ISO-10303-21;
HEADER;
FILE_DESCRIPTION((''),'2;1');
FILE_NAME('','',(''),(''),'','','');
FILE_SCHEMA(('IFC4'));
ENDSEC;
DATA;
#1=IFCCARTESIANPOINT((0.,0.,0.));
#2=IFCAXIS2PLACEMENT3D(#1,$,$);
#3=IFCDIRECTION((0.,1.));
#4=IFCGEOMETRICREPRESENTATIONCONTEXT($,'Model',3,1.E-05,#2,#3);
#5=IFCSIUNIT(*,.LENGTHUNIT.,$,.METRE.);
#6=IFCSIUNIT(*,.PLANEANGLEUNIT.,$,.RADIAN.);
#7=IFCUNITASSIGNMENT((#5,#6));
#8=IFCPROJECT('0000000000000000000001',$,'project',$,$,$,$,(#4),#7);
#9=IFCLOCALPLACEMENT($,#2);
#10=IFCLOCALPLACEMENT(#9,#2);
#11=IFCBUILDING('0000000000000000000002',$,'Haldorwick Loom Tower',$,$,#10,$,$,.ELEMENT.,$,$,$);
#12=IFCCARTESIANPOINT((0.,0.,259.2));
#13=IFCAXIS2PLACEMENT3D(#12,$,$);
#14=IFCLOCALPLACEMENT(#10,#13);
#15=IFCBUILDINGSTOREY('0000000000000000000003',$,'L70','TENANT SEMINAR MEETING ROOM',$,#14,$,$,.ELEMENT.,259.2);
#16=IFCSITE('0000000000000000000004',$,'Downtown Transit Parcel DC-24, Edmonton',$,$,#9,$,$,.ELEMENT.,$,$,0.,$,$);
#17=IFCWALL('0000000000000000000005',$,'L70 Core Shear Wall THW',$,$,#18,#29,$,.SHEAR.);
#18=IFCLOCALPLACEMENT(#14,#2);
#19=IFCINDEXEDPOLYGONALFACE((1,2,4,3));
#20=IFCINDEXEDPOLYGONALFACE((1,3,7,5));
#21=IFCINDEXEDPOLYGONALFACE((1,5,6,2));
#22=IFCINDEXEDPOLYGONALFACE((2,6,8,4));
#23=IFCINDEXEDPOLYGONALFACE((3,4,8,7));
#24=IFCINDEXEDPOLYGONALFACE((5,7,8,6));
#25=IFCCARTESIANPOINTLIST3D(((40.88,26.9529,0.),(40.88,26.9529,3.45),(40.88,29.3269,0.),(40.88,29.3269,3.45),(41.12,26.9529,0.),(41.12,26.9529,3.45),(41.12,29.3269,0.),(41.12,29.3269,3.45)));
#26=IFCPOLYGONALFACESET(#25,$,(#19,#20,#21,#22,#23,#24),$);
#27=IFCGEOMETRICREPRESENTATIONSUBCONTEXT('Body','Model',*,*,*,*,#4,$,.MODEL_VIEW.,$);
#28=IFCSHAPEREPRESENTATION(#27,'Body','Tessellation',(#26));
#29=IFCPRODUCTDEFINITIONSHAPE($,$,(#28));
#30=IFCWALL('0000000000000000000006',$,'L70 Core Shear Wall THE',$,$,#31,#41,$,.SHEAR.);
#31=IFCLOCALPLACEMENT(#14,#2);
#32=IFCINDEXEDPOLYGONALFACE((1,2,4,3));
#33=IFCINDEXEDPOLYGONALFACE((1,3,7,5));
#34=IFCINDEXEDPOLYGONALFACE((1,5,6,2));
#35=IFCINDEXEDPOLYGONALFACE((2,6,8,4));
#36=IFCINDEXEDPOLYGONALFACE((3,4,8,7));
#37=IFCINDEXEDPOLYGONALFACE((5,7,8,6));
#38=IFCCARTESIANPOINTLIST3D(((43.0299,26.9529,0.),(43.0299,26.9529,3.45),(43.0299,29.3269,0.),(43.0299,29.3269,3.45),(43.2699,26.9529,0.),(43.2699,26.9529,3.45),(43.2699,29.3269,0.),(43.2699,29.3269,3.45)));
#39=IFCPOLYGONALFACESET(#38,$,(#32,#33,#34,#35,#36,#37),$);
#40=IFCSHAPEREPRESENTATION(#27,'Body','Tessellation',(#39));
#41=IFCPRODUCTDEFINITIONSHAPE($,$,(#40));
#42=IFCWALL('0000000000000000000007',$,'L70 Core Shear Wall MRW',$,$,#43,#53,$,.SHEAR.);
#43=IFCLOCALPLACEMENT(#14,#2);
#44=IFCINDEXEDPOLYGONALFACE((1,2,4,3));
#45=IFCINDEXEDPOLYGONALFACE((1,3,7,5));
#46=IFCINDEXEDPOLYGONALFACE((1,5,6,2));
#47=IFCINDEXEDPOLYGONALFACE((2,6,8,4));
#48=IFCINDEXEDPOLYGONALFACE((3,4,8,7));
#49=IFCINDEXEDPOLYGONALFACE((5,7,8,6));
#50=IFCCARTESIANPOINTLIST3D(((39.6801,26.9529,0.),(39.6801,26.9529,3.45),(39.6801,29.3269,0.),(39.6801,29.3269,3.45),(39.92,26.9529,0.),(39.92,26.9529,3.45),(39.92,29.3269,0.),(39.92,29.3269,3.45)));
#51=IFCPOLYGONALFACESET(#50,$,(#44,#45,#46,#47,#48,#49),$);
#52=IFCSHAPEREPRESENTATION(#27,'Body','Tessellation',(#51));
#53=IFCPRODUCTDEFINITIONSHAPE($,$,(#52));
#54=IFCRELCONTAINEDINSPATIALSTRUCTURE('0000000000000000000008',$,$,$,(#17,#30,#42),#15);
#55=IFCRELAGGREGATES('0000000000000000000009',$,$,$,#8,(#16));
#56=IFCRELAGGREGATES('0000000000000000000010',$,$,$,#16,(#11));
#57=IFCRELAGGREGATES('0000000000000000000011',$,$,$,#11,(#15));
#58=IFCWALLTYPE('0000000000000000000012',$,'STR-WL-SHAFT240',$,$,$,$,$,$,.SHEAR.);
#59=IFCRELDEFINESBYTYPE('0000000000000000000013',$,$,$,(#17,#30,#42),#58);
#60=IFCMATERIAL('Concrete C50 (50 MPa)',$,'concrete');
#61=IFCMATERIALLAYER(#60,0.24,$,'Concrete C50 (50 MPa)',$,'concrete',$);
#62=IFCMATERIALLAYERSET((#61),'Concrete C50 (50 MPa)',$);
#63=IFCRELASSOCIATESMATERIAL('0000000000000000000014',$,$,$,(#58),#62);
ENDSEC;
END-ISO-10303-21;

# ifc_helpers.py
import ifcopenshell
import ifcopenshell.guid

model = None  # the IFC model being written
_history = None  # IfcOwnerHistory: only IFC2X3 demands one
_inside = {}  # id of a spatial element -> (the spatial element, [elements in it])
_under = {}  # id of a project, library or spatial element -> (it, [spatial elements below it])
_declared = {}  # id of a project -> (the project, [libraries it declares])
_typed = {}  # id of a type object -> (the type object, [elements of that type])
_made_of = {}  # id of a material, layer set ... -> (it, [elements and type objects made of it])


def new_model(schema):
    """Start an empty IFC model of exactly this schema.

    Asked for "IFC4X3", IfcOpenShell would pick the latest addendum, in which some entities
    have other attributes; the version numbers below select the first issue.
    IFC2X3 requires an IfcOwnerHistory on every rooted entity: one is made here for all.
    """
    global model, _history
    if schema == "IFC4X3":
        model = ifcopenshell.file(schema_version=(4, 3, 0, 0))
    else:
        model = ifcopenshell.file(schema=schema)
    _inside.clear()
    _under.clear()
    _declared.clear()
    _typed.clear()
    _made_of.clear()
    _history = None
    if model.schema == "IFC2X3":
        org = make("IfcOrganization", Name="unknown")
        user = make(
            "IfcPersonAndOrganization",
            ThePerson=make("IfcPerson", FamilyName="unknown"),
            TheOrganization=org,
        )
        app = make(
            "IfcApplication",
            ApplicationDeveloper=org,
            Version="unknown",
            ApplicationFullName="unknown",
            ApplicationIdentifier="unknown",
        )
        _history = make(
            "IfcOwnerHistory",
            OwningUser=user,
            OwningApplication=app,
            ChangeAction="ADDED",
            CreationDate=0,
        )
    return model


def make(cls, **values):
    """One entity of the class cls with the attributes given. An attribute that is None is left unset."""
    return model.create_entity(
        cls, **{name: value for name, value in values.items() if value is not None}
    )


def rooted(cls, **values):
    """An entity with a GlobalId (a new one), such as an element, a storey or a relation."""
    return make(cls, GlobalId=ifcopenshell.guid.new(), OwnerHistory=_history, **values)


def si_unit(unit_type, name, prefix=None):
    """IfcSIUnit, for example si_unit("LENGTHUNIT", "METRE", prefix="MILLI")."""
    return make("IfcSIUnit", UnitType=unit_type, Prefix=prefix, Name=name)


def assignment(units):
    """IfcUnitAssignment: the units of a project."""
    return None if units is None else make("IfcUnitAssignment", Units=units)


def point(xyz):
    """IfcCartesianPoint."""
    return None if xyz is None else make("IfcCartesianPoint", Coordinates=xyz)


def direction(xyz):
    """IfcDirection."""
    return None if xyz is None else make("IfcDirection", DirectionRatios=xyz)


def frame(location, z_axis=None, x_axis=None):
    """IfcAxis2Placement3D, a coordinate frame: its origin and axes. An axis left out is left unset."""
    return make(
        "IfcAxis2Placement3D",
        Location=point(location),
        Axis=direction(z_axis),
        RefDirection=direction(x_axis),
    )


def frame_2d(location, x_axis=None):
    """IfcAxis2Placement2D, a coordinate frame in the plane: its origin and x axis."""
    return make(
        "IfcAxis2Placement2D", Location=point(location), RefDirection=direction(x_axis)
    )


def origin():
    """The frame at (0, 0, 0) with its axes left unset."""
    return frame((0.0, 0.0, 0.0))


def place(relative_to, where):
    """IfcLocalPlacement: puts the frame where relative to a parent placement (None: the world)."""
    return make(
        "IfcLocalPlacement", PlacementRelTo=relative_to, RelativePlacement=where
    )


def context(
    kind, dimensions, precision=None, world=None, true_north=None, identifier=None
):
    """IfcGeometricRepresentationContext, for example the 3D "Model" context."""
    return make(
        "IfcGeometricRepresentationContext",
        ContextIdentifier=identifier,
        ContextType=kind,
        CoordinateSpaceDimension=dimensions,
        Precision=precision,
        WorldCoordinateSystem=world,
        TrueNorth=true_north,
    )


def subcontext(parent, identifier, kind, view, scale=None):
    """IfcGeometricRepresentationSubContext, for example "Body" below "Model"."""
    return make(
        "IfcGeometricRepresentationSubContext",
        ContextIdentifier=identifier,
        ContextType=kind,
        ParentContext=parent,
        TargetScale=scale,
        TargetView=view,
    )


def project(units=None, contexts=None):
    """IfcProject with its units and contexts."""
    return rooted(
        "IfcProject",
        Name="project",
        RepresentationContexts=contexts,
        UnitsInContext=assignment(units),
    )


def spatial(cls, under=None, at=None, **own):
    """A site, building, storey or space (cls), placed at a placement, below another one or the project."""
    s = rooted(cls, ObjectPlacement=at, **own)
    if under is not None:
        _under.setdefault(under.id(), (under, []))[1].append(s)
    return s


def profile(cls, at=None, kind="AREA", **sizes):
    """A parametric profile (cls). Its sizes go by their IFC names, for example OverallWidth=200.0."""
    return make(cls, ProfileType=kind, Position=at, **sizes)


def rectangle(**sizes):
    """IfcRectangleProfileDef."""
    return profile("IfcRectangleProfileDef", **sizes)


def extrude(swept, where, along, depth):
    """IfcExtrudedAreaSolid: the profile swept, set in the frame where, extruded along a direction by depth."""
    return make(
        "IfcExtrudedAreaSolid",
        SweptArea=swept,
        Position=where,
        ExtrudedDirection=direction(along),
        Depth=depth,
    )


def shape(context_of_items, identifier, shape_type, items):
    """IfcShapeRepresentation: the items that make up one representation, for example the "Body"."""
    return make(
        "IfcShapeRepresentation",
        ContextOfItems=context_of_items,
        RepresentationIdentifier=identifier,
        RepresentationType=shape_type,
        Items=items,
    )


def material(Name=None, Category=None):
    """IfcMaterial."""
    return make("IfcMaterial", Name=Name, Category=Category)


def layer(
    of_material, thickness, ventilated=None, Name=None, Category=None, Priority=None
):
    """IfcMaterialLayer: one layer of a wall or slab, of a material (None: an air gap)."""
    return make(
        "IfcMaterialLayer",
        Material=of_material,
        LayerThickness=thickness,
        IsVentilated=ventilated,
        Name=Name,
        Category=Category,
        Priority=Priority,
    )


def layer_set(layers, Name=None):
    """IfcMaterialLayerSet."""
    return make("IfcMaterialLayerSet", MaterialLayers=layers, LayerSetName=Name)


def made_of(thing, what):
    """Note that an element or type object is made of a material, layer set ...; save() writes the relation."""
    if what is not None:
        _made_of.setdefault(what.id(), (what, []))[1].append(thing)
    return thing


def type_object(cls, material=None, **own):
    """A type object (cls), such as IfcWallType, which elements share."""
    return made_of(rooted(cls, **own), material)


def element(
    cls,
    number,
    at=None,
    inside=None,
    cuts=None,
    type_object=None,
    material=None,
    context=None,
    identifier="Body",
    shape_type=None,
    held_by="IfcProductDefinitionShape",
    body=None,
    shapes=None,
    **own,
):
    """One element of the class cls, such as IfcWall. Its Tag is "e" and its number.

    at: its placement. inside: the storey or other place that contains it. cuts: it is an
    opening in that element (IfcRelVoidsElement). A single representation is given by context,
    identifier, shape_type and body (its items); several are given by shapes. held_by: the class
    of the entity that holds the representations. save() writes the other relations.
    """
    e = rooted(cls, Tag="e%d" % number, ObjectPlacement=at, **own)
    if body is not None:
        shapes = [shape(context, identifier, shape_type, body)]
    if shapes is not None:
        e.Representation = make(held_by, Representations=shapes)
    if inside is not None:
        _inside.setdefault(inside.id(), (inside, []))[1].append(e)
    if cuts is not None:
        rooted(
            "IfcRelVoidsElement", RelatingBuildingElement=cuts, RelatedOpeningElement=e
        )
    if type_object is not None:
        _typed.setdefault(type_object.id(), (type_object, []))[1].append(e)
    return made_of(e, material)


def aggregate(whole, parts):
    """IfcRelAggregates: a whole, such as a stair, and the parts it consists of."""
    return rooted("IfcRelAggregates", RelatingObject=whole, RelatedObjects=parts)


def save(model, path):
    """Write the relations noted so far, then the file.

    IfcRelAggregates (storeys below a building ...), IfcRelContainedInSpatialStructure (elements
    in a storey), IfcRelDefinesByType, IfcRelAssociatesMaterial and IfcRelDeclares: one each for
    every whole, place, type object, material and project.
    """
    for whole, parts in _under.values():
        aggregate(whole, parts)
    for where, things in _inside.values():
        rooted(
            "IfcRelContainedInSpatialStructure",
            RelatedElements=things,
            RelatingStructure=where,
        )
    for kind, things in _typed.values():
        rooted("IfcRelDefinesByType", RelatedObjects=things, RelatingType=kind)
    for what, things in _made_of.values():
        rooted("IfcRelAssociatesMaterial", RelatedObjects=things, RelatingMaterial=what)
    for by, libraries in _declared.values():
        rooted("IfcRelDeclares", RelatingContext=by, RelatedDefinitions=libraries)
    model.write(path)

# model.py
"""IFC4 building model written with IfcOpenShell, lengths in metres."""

from ifc_helpers import new_model, si_unit, direction, frame, frame_2d, origin, place, context, subcontext, project, spatial, rectangle, extrude, material, layer, layer_set, type_object, element, save


model = new_model("IFC4")

# Units and contexts
model_context = context("Model", 3, precision=1e-05, world=origin(), true_north=direction((0.0, 1.0)))
body_context = subcontext(model_context, "Body", "Model", "MODEL_VIEW")
ifc_project = project(units=[si_unit("LENGTHUNIT", "METRE"), si_unit("PLANEANGLEUNIT", "RADIAN")], contexts=[model_context])

# Site, building, storey
site_placement = place(None, origin())
site = spatial("IfcSite", under=ifc_project, at=site_placement, Name="Downtown Transit Parcel DC-24, Edmonton", CompositionType="ELEMENT", RefElevation=0.0)
building_placement = place(site_placement, origin())
building = spatial("IfcBuilding", under=site, at=building_placement, Name="Haldorwick Loom Tower", CompositionType="ELEMENT")
storey_placement = place(building_placement, frame((0.0, 0.0, 259.2)))
storey = spatial("IfcBuildingStorey", under=building, at=storey_placement, Name="L70", Description="TENANT SEMINAR MEETING ROOM", CompositionType="ELEMENT", Elevation=259.2)

# Shared definitions
ifc_material_1 = material(Name="Concrete C50 (50 MPa)", Category="concrete")

# Walls
ifc_layer_1 = layer(ifc_material_1, 0.24, Name="Concrete C50 (50 MPa)", Category="concrete")
ifc_layer_set_1 = layer_set([ifc_layer_1], Name="Concrete C50 (50 MPa)")
wall_type_1 = type_object("IfcWallType", Name="STR-WL-SHAFT240", PredefinedType="SHEAR", material=ifc_layer_set_1)
for number, where, z_axis, x_axis, name in (
    (1, (41.0, 26.9529, 0.0), (0.0, 0.0, 1.0), (0.0, 1.0, 0.0), "L70 Core Shear Wall THW"),
    (2, (43.1499, 26.9529, 0.0), (0.0, 0.0, 1.0), (0.0, 1.0, 0.0), "L70 Core Shear Wall THE"),
    (3, (39.8, 26.9529, 0.0), (0.0, 0.0, 1.0), (0.0, 1.0, 0.0), "L70 Core Shear Wall MRW"),
):
    element("IfcWall", number, at=place(storey_placement, frame(where, z_axis=z_axis, x_axis=x_axis)), inside=storey, type_object=wall_type_1, Name=name, PredefinedType="SHEAR", context=body_context, shape_type="SweptSolid", body=[
        extrude(rectangle(XDim=2.374, YDim=0.24, at=frame_2d((1.187, 0.0))), origin(), (0.0, 0.0, 1.0), 3.45),
    ])

save(model, "model.ifc")
